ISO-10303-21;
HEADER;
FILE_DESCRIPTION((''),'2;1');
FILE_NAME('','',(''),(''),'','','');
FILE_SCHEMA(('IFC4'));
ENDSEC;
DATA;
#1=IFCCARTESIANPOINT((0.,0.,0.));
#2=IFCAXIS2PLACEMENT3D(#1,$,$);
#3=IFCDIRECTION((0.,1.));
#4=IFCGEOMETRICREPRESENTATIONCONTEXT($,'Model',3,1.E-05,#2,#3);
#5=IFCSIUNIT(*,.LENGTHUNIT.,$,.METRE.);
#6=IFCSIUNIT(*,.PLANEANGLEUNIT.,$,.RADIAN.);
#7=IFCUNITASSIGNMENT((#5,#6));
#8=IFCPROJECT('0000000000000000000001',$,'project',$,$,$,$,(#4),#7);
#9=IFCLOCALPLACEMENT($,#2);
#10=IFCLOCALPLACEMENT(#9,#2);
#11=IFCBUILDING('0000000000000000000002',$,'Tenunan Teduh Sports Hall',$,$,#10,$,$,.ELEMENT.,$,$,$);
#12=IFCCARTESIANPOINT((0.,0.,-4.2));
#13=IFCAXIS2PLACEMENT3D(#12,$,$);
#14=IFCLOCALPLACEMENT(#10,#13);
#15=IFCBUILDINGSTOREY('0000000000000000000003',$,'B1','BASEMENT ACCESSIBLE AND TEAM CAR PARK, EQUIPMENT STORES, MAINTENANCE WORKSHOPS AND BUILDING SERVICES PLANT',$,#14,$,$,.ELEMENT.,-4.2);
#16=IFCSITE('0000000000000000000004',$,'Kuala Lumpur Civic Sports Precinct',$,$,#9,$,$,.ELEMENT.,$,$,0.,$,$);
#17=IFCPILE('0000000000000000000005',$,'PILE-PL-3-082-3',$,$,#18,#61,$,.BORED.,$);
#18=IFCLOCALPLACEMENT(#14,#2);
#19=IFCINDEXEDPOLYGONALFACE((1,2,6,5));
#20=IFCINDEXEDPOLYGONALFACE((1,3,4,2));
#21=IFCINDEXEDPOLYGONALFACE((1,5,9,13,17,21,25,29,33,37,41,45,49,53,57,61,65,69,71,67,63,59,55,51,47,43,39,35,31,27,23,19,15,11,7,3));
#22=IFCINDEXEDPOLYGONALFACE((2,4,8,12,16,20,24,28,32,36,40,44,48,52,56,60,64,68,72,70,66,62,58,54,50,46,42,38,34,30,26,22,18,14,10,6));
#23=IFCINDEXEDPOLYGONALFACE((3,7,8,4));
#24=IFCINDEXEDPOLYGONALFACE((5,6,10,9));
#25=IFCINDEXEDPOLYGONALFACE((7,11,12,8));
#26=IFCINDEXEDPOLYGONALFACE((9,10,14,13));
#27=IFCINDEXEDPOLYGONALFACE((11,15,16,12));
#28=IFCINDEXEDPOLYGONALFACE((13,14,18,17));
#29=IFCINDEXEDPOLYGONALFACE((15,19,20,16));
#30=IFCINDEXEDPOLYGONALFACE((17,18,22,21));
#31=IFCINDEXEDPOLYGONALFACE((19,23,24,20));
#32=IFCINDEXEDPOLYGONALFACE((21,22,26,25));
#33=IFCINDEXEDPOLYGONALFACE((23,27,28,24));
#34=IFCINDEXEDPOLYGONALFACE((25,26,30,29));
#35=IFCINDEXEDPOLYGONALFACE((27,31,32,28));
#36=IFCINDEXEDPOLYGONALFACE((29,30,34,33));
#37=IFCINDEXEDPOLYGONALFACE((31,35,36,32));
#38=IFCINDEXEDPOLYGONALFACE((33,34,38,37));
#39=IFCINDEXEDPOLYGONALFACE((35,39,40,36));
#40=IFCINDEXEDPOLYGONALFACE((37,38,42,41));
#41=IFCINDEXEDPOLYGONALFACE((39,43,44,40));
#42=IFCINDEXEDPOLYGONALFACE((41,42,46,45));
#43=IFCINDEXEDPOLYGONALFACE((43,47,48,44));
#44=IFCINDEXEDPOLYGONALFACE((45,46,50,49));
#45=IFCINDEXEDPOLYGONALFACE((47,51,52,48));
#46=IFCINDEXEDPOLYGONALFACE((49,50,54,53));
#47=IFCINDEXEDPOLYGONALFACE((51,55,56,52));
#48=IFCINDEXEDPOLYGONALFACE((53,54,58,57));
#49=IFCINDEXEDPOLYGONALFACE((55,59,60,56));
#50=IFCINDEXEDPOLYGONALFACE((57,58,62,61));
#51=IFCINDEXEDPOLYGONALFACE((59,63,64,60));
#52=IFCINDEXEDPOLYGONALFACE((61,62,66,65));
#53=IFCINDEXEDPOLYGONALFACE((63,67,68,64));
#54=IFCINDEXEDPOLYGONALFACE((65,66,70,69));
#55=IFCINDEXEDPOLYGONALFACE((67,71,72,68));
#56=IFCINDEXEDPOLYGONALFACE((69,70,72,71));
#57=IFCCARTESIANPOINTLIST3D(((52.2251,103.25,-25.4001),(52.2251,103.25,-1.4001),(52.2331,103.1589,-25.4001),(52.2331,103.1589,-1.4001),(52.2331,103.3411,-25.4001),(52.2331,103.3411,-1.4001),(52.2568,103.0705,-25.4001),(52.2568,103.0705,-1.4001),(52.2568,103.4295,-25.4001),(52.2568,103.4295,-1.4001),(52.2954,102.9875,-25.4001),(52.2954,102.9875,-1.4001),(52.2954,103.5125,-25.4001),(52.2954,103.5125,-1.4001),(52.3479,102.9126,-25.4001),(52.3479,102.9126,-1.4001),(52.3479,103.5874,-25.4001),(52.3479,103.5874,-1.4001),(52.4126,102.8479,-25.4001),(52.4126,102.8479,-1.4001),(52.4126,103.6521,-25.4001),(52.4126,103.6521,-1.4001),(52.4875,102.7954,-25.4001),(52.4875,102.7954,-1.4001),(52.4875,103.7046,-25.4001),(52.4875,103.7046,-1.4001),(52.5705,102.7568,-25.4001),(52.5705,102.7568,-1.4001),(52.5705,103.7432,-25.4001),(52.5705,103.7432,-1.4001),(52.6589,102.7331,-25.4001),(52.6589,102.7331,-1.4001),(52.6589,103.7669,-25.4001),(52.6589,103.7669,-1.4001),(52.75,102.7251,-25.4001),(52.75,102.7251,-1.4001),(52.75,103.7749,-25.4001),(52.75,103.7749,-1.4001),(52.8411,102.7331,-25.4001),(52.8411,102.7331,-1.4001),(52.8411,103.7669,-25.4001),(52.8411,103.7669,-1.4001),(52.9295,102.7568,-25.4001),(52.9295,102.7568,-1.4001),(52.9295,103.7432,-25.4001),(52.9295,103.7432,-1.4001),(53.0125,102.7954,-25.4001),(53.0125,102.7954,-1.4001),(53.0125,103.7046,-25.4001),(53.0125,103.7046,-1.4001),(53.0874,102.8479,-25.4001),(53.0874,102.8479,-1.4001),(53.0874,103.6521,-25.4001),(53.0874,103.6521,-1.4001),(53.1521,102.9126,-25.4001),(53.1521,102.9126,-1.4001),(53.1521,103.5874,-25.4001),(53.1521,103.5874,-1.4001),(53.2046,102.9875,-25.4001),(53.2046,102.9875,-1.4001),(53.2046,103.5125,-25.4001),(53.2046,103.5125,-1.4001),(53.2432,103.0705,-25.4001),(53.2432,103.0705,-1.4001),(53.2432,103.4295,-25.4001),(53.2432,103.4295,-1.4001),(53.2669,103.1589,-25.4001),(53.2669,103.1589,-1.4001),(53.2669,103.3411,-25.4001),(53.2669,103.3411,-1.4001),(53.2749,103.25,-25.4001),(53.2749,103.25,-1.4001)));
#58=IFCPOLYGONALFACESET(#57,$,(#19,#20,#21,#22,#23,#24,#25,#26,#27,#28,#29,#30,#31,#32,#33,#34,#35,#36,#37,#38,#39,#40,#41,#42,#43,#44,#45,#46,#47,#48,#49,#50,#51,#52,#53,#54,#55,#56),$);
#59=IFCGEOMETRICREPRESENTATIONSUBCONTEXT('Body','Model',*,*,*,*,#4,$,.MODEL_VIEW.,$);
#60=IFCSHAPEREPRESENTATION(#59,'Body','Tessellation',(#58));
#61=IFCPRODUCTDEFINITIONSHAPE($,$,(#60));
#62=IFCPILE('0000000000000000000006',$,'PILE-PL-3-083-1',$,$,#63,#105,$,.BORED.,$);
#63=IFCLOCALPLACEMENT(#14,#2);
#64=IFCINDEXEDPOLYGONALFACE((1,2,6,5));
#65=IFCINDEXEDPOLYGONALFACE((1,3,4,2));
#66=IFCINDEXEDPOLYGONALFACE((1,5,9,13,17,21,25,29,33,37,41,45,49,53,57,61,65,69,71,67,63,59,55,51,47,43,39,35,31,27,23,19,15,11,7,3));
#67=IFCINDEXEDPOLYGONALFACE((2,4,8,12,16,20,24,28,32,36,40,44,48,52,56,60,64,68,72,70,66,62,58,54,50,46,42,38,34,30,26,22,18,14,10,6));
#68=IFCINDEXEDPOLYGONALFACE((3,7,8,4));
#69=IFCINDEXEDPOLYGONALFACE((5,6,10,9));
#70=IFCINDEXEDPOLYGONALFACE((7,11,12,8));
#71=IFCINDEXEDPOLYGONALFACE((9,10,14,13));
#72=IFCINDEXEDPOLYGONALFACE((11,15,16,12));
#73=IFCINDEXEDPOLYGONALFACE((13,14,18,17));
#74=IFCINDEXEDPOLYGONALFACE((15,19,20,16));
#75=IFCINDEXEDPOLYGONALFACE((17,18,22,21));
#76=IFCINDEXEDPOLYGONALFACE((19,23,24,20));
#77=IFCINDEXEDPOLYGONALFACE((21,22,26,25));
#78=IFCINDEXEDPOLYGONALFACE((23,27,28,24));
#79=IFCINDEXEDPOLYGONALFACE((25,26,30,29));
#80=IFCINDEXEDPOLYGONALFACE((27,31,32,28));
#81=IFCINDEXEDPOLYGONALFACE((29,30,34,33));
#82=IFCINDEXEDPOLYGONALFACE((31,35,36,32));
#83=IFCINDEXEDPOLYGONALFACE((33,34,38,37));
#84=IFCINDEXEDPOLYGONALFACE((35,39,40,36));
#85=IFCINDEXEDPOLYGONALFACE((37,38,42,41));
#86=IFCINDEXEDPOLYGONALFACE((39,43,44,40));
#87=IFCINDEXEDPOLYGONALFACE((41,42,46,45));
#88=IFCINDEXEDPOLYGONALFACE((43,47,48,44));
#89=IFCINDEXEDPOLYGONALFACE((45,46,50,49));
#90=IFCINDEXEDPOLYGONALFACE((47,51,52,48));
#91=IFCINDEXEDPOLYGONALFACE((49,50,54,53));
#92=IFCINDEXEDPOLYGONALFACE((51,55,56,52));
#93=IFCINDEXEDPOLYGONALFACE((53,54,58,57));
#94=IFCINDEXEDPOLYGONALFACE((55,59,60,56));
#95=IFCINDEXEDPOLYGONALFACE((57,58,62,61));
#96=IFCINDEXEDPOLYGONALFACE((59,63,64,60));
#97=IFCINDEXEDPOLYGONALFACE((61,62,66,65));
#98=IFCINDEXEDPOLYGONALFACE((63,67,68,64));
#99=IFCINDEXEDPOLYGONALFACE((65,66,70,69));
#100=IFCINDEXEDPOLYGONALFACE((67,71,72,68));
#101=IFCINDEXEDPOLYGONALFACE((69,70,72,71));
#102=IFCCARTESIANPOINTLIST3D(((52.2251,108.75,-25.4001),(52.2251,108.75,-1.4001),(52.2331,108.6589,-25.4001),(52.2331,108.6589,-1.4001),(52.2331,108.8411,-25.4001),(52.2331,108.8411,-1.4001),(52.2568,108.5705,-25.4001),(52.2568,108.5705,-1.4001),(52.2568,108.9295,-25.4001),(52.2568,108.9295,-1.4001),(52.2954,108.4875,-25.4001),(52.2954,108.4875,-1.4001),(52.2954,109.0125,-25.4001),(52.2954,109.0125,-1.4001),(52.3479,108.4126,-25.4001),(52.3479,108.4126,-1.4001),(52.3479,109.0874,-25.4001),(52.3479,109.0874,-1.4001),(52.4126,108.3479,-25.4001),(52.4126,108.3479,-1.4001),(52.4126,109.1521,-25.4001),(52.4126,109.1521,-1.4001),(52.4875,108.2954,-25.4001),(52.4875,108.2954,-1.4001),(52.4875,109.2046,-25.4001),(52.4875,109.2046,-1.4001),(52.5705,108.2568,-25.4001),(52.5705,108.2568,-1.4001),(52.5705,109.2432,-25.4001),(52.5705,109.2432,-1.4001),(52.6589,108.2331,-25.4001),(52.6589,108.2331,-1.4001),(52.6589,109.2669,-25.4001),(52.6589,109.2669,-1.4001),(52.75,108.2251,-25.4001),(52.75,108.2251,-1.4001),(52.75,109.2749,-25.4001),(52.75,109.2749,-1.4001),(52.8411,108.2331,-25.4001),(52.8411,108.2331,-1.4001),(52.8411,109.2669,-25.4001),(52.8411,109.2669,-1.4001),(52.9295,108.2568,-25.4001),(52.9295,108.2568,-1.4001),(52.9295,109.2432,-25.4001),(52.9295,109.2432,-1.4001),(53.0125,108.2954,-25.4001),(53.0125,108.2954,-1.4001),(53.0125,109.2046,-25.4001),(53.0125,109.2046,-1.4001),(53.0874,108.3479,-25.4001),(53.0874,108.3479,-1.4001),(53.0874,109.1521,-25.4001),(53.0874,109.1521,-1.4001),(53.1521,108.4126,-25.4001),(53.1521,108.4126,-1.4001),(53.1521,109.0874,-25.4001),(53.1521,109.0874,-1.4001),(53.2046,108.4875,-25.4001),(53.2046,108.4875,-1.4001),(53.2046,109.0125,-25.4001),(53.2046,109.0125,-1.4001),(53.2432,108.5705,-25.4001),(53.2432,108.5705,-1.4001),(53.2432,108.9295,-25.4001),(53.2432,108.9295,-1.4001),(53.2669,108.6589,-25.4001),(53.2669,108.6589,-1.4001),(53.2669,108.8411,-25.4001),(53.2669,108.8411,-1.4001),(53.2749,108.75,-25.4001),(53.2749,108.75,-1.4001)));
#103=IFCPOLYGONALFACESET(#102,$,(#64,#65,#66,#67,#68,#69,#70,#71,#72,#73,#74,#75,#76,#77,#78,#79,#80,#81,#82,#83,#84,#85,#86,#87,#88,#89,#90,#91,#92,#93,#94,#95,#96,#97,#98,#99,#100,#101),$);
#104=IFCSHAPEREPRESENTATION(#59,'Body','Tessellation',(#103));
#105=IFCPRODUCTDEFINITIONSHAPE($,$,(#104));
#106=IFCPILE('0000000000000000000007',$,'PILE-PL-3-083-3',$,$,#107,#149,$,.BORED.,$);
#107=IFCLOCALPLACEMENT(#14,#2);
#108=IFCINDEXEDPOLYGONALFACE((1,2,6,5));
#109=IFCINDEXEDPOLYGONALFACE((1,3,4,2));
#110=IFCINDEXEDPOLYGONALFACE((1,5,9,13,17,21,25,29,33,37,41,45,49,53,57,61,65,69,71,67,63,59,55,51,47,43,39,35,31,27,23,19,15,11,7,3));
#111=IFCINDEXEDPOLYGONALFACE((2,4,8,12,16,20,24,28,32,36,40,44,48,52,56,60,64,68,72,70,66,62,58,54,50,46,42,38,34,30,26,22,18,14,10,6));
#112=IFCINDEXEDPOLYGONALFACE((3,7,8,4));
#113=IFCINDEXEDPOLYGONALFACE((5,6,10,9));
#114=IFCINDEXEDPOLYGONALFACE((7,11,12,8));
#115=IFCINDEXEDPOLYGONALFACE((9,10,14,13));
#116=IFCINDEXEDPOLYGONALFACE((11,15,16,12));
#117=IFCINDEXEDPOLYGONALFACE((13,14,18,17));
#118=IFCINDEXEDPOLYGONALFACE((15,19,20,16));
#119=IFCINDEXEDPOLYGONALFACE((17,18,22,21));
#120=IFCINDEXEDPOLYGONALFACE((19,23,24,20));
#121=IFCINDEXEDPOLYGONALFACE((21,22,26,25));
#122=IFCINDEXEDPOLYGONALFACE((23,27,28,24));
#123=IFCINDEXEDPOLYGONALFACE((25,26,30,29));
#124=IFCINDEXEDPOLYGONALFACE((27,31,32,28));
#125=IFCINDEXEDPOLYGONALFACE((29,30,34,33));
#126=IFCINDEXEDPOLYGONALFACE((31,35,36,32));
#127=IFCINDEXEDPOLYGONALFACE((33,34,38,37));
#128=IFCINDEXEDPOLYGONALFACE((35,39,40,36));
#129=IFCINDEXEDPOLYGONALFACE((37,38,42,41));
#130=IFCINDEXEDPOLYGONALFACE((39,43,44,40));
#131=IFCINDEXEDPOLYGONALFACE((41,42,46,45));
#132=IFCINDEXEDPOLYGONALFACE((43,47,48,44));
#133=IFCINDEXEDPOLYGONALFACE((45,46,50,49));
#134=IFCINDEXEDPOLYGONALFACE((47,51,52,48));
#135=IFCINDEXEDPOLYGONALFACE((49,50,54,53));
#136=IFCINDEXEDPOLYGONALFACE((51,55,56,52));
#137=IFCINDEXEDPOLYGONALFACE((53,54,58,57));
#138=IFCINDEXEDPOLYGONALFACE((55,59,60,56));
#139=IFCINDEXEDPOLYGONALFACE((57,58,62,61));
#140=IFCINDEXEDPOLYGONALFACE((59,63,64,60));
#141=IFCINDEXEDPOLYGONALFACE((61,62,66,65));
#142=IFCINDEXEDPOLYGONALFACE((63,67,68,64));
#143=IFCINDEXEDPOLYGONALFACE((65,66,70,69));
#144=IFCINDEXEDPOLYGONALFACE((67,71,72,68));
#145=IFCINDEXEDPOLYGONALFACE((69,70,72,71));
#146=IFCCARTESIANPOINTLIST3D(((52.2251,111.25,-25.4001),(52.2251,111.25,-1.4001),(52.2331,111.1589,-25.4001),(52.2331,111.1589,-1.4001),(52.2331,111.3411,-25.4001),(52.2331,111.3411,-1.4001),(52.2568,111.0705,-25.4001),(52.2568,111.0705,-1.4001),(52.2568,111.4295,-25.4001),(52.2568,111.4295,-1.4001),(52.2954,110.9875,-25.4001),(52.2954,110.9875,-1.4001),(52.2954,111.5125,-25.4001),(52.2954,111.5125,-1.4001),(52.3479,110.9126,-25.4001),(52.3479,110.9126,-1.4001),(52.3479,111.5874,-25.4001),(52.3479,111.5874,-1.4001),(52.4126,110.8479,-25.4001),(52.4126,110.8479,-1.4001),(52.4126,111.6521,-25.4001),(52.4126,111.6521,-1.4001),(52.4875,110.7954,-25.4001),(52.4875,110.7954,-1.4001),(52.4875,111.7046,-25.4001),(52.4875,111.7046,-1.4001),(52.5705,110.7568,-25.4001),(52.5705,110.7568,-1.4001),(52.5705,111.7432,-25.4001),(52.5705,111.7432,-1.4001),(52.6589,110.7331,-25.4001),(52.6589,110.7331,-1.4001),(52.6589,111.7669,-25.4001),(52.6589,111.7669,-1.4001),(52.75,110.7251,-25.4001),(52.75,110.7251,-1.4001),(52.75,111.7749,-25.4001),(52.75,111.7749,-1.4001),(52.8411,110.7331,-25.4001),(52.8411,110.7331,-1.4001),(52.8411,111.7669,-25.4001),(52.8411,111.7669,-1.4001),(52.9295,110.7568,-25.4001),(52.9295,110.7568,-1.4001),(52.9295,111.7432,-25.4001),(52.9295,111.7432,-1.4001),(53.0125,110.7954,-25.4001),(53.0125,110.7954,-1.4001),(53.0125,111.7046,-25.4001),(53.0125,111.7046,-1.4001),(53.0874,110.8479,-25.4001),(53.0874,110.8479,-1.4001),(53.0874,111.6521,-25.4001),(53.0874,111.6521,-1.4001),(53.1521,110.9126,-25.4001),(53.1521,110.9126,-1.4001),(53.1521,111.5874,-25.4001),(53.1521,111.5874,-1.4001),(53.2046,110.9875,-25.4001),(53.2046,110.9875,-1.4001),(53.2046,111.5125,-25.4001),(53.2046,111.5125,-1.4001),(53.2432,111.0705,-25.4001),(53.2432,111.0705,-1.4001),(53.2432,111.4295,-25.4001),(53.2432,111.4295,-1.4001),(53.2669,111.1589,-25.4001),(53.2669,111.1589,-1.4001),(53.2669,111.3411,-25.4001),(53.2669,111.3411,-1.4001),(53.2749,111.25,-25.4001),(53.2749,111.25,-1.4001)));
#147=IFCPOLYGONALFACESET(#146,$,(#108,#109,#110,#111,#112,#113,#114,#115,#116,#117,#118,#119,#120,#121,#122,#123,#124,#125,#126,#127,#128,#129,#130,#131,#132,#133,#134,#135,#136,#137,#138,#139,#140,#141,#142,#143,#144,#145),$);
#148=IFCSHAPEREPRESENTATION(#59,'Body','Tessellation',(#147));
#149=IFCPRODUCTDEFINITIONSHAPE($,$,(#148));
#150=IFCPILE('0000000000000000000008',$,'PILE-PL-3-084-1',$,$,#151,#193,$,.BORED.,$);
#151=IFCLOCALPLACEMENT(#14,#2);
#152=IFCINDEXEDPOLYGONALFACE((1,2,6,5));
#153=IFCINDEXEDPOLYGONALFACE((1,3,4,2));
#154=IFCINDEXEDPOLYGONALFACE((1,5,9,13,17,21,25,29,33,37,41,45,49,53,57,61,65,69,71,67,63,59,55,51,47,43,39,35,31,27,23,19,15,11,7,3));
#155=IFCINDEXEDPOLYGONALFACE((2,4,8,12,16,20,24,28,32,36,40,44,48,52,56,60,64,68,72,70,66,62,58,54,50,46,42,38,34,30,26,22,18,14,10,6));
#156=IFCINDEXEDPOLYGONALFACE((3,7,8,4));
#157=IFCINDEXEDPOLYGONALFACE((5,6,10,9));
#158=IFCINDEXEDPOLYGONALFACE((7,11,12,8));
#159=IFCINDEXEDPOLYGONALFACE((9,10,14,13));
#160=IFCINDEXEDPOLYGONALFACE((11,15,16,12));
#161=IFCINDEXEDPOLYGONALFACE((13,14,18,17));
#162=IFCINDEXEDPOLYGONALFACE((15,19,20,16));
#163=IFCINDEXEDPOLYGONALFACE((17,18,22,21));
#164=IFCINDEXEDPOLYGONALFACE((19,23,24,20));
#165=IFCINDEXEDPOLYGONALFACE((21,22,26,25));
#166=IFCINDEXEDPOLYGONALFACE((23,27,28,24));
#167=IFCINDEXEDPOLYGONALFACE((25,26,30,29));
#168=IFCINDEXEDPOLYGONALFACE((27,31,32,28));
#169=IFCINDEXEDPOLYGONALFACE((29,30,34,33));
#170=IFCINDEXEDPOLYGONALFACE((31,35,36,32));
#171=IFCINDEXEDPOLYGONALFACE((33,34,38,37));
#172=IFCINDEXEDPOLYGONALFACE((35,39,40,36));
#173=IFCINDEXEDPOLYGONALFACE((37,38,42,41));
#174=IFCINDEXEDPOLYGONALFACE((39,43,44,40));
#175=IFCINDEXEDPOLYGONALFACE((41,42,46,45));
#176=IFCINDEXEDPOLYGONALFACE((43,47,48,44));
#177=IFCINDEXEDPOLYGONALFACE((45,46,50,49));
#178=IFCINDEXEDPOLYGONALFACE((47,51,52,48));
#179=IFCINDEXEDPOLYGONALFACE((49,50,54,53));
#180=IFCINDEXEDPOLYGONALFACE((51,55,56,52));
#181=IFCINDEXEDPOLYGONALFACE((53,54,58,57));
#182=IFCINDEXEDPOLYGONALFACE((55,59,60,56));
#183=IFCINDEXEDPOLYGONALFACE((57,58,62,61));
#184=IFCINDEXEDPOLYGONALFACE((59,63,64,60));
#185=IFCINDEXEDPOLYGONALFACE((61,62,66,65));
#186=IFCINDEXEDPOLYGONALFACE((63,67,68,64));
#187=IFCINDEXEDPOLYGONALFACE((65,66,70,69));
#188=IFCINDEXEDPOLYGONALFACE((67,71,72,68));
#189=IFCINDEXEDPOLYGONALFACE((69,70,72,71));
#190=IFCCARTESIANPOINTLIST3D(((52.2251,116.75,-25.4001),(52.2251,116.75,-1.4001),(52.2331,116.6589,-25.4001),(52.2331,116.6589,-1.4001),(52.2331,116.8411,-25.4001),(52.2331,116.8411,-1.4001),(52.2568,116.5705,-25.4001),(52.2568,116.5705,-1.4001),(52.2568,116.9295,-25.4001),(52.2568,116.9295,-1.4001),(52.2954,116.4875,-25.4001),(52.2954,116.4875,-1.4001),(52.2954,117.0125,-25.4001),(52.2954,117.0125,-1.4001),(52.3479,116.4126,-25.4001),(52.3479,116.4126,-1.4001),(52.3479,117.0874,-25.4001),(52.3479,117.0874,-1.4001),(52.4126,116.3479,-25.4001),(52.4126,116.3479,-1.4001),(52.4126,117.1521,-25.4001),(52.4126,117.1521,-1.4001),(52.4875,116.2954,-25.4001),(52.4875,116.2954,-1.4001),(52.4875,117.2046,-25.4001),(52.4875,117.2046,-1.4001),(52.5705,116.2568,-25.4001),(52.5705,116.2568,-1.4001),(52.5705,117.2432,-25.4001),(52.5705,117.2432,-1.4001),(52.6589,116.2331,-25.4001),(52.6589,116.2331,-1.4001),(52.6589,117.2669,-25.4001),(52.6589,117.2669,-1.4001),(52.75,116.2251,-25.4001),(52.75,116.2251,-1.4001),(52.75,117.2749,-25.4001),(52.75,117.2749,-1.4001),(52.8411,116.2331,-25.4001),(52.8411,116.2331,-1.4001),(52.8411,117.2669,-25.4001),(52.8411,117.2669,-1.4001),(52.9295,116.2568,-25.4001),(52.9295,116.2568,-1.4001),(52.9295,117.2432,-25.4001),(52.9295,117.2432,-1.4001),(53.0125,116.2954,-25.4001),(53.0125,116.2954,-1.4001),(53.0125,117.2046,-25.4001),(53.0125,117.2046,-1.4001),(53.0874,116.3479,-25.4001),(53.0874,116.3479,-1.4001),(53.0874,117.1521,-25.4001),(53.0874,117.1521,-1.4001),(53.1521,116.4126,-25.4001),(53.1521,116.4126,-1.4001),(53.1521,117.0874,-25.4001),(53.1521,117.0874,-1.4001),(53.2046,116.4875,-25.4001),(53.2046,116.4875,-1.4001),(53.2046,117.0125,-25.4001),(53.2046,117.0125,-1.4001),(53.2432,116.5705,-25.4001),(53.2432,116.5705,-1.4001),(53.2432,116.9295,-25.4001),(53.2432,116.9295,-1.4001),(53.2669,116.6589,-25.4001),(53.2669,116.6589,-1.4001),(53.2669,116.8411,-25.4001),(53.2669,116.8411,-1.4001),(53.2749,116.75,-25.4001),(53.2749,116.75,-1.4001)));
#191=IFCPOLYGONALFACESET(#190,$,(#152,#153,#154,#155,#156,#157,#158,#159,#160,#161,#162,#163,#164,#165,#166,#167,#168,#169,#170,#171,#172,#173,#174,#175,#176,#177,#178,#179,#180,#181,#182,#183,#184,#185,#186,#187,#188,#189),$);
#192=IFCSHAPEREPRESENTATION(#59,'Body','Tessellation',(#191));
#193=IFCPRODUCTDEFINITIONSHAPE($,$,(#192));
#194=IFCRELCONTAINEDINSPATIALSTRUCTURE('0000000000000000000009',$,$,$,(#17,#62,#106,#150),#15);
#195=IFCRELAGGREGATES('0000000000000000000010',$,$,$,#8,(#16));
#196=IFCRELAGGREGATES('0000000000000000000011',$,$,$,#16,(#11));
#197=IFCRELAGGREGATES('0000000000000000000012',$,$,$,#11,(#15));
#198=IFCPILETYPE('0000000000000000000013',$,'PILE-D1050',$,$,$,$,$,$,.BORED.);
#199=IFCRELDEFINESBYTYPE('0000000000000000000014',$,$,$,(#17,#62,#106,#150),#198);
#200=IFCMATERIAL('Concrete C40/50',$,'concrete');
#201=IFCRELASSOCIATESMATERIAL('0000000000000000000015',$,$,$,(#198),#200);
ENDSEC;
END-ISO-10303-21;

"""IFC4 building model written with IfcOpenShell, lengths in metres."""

from ifc_helpers import new_model, si_unit, direction, frame, origin, origin_2d, place, context, subcontext, project, spatial, circle, extrude, material, material_profile, profile_set, type_object, element, save


model = new_model("IFC4")

# Units and contexts
model_context = context("Model", 3, precision=1e-05, world=origin(), true_north=direction((0.0, 1.0)))
body_context = subcontext(model_context, "Body", "Model", "MODEL_VIEW")
ifc_project = project(units=[si_unit("LENGTHUNIT", "METRE"), si_unit("PLANEANGLEUNIT", "RADIAN")], contexts=[model_context])

# Site, building, storey
site_placement = place(None, origin())
site = spatial("IfcSite", under=ifc_project, at=site_placement, Name="Kuala Lumpur Civic Sports Precinct", CompositionType="ELEMENT", RefElevation=0.0)
building_placement = place(site_placement, origin())
building = spatial("IfcBuilding", under=site, at=building_placement, Name="Tenunan Teduh Sports Hall", CompositionType="ELEMENT")
storey_placement = place(building_placement, frame((0.0, 0.0, -4.2)))
storey = spatial("IfcBuildingStorey", under=building, at=storey_placement, Name="B1", Description="BASEMENT ACCESSIBLE AND TEAM CAR PARK, EQUIPMENT STORES, MAINTENANCE WORKSHOPS AND BUILDING SERVICES PLANT", CompositionType="ELEMENT", Elevation=-4.2)

# Piles
ifc_material_1 = material(Name="Concrete C40/50", Category="concrete")
ifc_material_profile_1 = material_profile(ifc_material_1, circle(Radius=0.5249, at=origin_2d()), Name="PILE D1050")
ifc_profile_set_1 = profile_set([ifc_material_profile_1], Name="Concrete C40/50")
pile_type = type_object("IfcPileType", Name="PILE-D1050", PredefinedType="BORED", material=ifc_profile_set_1)
for number, where, z_axis, x_axis, name in (
    (1, (52.75, 103.25, -1.4001), (0.0, 0.0, -1.0), (1.0, 0.0, 0.0), "PILE-PL-3-082-3"),
    (2, (52.75, 108.75, -1.4001), (0.0, 0.0, -1.0), (1.0, 0.0, 0.0), "PILE-PL-3-083-1"),
    (3, (52.75, 111.25, -1.4001), (0.0, 0.0, -1.0), (1.0, 0.0, 0.0), "PILE-PL-3-083-3"),
    (4, (52.75, 116.75, -1.4001), (0.0, 0.0, -1.0), (1.0, 0.0, 0.0), "PILE-PL-3-084-1"),
):
    element("IfcPile", number, at=place(storey_placement, frame(where, z_axis=z_axis, x_axis=x_axis)), inside=storey, type_object=pile_type, Name=name, PredefinedType="BORED", context=body_context, shape_type="SweptSolid", body=[
        extrude(circle(Radius=0.5249, at=origin_2d()), origin(), (0.0, 0.0, 1.0), 24.0),
    ])

save(model, "model.ifc")
